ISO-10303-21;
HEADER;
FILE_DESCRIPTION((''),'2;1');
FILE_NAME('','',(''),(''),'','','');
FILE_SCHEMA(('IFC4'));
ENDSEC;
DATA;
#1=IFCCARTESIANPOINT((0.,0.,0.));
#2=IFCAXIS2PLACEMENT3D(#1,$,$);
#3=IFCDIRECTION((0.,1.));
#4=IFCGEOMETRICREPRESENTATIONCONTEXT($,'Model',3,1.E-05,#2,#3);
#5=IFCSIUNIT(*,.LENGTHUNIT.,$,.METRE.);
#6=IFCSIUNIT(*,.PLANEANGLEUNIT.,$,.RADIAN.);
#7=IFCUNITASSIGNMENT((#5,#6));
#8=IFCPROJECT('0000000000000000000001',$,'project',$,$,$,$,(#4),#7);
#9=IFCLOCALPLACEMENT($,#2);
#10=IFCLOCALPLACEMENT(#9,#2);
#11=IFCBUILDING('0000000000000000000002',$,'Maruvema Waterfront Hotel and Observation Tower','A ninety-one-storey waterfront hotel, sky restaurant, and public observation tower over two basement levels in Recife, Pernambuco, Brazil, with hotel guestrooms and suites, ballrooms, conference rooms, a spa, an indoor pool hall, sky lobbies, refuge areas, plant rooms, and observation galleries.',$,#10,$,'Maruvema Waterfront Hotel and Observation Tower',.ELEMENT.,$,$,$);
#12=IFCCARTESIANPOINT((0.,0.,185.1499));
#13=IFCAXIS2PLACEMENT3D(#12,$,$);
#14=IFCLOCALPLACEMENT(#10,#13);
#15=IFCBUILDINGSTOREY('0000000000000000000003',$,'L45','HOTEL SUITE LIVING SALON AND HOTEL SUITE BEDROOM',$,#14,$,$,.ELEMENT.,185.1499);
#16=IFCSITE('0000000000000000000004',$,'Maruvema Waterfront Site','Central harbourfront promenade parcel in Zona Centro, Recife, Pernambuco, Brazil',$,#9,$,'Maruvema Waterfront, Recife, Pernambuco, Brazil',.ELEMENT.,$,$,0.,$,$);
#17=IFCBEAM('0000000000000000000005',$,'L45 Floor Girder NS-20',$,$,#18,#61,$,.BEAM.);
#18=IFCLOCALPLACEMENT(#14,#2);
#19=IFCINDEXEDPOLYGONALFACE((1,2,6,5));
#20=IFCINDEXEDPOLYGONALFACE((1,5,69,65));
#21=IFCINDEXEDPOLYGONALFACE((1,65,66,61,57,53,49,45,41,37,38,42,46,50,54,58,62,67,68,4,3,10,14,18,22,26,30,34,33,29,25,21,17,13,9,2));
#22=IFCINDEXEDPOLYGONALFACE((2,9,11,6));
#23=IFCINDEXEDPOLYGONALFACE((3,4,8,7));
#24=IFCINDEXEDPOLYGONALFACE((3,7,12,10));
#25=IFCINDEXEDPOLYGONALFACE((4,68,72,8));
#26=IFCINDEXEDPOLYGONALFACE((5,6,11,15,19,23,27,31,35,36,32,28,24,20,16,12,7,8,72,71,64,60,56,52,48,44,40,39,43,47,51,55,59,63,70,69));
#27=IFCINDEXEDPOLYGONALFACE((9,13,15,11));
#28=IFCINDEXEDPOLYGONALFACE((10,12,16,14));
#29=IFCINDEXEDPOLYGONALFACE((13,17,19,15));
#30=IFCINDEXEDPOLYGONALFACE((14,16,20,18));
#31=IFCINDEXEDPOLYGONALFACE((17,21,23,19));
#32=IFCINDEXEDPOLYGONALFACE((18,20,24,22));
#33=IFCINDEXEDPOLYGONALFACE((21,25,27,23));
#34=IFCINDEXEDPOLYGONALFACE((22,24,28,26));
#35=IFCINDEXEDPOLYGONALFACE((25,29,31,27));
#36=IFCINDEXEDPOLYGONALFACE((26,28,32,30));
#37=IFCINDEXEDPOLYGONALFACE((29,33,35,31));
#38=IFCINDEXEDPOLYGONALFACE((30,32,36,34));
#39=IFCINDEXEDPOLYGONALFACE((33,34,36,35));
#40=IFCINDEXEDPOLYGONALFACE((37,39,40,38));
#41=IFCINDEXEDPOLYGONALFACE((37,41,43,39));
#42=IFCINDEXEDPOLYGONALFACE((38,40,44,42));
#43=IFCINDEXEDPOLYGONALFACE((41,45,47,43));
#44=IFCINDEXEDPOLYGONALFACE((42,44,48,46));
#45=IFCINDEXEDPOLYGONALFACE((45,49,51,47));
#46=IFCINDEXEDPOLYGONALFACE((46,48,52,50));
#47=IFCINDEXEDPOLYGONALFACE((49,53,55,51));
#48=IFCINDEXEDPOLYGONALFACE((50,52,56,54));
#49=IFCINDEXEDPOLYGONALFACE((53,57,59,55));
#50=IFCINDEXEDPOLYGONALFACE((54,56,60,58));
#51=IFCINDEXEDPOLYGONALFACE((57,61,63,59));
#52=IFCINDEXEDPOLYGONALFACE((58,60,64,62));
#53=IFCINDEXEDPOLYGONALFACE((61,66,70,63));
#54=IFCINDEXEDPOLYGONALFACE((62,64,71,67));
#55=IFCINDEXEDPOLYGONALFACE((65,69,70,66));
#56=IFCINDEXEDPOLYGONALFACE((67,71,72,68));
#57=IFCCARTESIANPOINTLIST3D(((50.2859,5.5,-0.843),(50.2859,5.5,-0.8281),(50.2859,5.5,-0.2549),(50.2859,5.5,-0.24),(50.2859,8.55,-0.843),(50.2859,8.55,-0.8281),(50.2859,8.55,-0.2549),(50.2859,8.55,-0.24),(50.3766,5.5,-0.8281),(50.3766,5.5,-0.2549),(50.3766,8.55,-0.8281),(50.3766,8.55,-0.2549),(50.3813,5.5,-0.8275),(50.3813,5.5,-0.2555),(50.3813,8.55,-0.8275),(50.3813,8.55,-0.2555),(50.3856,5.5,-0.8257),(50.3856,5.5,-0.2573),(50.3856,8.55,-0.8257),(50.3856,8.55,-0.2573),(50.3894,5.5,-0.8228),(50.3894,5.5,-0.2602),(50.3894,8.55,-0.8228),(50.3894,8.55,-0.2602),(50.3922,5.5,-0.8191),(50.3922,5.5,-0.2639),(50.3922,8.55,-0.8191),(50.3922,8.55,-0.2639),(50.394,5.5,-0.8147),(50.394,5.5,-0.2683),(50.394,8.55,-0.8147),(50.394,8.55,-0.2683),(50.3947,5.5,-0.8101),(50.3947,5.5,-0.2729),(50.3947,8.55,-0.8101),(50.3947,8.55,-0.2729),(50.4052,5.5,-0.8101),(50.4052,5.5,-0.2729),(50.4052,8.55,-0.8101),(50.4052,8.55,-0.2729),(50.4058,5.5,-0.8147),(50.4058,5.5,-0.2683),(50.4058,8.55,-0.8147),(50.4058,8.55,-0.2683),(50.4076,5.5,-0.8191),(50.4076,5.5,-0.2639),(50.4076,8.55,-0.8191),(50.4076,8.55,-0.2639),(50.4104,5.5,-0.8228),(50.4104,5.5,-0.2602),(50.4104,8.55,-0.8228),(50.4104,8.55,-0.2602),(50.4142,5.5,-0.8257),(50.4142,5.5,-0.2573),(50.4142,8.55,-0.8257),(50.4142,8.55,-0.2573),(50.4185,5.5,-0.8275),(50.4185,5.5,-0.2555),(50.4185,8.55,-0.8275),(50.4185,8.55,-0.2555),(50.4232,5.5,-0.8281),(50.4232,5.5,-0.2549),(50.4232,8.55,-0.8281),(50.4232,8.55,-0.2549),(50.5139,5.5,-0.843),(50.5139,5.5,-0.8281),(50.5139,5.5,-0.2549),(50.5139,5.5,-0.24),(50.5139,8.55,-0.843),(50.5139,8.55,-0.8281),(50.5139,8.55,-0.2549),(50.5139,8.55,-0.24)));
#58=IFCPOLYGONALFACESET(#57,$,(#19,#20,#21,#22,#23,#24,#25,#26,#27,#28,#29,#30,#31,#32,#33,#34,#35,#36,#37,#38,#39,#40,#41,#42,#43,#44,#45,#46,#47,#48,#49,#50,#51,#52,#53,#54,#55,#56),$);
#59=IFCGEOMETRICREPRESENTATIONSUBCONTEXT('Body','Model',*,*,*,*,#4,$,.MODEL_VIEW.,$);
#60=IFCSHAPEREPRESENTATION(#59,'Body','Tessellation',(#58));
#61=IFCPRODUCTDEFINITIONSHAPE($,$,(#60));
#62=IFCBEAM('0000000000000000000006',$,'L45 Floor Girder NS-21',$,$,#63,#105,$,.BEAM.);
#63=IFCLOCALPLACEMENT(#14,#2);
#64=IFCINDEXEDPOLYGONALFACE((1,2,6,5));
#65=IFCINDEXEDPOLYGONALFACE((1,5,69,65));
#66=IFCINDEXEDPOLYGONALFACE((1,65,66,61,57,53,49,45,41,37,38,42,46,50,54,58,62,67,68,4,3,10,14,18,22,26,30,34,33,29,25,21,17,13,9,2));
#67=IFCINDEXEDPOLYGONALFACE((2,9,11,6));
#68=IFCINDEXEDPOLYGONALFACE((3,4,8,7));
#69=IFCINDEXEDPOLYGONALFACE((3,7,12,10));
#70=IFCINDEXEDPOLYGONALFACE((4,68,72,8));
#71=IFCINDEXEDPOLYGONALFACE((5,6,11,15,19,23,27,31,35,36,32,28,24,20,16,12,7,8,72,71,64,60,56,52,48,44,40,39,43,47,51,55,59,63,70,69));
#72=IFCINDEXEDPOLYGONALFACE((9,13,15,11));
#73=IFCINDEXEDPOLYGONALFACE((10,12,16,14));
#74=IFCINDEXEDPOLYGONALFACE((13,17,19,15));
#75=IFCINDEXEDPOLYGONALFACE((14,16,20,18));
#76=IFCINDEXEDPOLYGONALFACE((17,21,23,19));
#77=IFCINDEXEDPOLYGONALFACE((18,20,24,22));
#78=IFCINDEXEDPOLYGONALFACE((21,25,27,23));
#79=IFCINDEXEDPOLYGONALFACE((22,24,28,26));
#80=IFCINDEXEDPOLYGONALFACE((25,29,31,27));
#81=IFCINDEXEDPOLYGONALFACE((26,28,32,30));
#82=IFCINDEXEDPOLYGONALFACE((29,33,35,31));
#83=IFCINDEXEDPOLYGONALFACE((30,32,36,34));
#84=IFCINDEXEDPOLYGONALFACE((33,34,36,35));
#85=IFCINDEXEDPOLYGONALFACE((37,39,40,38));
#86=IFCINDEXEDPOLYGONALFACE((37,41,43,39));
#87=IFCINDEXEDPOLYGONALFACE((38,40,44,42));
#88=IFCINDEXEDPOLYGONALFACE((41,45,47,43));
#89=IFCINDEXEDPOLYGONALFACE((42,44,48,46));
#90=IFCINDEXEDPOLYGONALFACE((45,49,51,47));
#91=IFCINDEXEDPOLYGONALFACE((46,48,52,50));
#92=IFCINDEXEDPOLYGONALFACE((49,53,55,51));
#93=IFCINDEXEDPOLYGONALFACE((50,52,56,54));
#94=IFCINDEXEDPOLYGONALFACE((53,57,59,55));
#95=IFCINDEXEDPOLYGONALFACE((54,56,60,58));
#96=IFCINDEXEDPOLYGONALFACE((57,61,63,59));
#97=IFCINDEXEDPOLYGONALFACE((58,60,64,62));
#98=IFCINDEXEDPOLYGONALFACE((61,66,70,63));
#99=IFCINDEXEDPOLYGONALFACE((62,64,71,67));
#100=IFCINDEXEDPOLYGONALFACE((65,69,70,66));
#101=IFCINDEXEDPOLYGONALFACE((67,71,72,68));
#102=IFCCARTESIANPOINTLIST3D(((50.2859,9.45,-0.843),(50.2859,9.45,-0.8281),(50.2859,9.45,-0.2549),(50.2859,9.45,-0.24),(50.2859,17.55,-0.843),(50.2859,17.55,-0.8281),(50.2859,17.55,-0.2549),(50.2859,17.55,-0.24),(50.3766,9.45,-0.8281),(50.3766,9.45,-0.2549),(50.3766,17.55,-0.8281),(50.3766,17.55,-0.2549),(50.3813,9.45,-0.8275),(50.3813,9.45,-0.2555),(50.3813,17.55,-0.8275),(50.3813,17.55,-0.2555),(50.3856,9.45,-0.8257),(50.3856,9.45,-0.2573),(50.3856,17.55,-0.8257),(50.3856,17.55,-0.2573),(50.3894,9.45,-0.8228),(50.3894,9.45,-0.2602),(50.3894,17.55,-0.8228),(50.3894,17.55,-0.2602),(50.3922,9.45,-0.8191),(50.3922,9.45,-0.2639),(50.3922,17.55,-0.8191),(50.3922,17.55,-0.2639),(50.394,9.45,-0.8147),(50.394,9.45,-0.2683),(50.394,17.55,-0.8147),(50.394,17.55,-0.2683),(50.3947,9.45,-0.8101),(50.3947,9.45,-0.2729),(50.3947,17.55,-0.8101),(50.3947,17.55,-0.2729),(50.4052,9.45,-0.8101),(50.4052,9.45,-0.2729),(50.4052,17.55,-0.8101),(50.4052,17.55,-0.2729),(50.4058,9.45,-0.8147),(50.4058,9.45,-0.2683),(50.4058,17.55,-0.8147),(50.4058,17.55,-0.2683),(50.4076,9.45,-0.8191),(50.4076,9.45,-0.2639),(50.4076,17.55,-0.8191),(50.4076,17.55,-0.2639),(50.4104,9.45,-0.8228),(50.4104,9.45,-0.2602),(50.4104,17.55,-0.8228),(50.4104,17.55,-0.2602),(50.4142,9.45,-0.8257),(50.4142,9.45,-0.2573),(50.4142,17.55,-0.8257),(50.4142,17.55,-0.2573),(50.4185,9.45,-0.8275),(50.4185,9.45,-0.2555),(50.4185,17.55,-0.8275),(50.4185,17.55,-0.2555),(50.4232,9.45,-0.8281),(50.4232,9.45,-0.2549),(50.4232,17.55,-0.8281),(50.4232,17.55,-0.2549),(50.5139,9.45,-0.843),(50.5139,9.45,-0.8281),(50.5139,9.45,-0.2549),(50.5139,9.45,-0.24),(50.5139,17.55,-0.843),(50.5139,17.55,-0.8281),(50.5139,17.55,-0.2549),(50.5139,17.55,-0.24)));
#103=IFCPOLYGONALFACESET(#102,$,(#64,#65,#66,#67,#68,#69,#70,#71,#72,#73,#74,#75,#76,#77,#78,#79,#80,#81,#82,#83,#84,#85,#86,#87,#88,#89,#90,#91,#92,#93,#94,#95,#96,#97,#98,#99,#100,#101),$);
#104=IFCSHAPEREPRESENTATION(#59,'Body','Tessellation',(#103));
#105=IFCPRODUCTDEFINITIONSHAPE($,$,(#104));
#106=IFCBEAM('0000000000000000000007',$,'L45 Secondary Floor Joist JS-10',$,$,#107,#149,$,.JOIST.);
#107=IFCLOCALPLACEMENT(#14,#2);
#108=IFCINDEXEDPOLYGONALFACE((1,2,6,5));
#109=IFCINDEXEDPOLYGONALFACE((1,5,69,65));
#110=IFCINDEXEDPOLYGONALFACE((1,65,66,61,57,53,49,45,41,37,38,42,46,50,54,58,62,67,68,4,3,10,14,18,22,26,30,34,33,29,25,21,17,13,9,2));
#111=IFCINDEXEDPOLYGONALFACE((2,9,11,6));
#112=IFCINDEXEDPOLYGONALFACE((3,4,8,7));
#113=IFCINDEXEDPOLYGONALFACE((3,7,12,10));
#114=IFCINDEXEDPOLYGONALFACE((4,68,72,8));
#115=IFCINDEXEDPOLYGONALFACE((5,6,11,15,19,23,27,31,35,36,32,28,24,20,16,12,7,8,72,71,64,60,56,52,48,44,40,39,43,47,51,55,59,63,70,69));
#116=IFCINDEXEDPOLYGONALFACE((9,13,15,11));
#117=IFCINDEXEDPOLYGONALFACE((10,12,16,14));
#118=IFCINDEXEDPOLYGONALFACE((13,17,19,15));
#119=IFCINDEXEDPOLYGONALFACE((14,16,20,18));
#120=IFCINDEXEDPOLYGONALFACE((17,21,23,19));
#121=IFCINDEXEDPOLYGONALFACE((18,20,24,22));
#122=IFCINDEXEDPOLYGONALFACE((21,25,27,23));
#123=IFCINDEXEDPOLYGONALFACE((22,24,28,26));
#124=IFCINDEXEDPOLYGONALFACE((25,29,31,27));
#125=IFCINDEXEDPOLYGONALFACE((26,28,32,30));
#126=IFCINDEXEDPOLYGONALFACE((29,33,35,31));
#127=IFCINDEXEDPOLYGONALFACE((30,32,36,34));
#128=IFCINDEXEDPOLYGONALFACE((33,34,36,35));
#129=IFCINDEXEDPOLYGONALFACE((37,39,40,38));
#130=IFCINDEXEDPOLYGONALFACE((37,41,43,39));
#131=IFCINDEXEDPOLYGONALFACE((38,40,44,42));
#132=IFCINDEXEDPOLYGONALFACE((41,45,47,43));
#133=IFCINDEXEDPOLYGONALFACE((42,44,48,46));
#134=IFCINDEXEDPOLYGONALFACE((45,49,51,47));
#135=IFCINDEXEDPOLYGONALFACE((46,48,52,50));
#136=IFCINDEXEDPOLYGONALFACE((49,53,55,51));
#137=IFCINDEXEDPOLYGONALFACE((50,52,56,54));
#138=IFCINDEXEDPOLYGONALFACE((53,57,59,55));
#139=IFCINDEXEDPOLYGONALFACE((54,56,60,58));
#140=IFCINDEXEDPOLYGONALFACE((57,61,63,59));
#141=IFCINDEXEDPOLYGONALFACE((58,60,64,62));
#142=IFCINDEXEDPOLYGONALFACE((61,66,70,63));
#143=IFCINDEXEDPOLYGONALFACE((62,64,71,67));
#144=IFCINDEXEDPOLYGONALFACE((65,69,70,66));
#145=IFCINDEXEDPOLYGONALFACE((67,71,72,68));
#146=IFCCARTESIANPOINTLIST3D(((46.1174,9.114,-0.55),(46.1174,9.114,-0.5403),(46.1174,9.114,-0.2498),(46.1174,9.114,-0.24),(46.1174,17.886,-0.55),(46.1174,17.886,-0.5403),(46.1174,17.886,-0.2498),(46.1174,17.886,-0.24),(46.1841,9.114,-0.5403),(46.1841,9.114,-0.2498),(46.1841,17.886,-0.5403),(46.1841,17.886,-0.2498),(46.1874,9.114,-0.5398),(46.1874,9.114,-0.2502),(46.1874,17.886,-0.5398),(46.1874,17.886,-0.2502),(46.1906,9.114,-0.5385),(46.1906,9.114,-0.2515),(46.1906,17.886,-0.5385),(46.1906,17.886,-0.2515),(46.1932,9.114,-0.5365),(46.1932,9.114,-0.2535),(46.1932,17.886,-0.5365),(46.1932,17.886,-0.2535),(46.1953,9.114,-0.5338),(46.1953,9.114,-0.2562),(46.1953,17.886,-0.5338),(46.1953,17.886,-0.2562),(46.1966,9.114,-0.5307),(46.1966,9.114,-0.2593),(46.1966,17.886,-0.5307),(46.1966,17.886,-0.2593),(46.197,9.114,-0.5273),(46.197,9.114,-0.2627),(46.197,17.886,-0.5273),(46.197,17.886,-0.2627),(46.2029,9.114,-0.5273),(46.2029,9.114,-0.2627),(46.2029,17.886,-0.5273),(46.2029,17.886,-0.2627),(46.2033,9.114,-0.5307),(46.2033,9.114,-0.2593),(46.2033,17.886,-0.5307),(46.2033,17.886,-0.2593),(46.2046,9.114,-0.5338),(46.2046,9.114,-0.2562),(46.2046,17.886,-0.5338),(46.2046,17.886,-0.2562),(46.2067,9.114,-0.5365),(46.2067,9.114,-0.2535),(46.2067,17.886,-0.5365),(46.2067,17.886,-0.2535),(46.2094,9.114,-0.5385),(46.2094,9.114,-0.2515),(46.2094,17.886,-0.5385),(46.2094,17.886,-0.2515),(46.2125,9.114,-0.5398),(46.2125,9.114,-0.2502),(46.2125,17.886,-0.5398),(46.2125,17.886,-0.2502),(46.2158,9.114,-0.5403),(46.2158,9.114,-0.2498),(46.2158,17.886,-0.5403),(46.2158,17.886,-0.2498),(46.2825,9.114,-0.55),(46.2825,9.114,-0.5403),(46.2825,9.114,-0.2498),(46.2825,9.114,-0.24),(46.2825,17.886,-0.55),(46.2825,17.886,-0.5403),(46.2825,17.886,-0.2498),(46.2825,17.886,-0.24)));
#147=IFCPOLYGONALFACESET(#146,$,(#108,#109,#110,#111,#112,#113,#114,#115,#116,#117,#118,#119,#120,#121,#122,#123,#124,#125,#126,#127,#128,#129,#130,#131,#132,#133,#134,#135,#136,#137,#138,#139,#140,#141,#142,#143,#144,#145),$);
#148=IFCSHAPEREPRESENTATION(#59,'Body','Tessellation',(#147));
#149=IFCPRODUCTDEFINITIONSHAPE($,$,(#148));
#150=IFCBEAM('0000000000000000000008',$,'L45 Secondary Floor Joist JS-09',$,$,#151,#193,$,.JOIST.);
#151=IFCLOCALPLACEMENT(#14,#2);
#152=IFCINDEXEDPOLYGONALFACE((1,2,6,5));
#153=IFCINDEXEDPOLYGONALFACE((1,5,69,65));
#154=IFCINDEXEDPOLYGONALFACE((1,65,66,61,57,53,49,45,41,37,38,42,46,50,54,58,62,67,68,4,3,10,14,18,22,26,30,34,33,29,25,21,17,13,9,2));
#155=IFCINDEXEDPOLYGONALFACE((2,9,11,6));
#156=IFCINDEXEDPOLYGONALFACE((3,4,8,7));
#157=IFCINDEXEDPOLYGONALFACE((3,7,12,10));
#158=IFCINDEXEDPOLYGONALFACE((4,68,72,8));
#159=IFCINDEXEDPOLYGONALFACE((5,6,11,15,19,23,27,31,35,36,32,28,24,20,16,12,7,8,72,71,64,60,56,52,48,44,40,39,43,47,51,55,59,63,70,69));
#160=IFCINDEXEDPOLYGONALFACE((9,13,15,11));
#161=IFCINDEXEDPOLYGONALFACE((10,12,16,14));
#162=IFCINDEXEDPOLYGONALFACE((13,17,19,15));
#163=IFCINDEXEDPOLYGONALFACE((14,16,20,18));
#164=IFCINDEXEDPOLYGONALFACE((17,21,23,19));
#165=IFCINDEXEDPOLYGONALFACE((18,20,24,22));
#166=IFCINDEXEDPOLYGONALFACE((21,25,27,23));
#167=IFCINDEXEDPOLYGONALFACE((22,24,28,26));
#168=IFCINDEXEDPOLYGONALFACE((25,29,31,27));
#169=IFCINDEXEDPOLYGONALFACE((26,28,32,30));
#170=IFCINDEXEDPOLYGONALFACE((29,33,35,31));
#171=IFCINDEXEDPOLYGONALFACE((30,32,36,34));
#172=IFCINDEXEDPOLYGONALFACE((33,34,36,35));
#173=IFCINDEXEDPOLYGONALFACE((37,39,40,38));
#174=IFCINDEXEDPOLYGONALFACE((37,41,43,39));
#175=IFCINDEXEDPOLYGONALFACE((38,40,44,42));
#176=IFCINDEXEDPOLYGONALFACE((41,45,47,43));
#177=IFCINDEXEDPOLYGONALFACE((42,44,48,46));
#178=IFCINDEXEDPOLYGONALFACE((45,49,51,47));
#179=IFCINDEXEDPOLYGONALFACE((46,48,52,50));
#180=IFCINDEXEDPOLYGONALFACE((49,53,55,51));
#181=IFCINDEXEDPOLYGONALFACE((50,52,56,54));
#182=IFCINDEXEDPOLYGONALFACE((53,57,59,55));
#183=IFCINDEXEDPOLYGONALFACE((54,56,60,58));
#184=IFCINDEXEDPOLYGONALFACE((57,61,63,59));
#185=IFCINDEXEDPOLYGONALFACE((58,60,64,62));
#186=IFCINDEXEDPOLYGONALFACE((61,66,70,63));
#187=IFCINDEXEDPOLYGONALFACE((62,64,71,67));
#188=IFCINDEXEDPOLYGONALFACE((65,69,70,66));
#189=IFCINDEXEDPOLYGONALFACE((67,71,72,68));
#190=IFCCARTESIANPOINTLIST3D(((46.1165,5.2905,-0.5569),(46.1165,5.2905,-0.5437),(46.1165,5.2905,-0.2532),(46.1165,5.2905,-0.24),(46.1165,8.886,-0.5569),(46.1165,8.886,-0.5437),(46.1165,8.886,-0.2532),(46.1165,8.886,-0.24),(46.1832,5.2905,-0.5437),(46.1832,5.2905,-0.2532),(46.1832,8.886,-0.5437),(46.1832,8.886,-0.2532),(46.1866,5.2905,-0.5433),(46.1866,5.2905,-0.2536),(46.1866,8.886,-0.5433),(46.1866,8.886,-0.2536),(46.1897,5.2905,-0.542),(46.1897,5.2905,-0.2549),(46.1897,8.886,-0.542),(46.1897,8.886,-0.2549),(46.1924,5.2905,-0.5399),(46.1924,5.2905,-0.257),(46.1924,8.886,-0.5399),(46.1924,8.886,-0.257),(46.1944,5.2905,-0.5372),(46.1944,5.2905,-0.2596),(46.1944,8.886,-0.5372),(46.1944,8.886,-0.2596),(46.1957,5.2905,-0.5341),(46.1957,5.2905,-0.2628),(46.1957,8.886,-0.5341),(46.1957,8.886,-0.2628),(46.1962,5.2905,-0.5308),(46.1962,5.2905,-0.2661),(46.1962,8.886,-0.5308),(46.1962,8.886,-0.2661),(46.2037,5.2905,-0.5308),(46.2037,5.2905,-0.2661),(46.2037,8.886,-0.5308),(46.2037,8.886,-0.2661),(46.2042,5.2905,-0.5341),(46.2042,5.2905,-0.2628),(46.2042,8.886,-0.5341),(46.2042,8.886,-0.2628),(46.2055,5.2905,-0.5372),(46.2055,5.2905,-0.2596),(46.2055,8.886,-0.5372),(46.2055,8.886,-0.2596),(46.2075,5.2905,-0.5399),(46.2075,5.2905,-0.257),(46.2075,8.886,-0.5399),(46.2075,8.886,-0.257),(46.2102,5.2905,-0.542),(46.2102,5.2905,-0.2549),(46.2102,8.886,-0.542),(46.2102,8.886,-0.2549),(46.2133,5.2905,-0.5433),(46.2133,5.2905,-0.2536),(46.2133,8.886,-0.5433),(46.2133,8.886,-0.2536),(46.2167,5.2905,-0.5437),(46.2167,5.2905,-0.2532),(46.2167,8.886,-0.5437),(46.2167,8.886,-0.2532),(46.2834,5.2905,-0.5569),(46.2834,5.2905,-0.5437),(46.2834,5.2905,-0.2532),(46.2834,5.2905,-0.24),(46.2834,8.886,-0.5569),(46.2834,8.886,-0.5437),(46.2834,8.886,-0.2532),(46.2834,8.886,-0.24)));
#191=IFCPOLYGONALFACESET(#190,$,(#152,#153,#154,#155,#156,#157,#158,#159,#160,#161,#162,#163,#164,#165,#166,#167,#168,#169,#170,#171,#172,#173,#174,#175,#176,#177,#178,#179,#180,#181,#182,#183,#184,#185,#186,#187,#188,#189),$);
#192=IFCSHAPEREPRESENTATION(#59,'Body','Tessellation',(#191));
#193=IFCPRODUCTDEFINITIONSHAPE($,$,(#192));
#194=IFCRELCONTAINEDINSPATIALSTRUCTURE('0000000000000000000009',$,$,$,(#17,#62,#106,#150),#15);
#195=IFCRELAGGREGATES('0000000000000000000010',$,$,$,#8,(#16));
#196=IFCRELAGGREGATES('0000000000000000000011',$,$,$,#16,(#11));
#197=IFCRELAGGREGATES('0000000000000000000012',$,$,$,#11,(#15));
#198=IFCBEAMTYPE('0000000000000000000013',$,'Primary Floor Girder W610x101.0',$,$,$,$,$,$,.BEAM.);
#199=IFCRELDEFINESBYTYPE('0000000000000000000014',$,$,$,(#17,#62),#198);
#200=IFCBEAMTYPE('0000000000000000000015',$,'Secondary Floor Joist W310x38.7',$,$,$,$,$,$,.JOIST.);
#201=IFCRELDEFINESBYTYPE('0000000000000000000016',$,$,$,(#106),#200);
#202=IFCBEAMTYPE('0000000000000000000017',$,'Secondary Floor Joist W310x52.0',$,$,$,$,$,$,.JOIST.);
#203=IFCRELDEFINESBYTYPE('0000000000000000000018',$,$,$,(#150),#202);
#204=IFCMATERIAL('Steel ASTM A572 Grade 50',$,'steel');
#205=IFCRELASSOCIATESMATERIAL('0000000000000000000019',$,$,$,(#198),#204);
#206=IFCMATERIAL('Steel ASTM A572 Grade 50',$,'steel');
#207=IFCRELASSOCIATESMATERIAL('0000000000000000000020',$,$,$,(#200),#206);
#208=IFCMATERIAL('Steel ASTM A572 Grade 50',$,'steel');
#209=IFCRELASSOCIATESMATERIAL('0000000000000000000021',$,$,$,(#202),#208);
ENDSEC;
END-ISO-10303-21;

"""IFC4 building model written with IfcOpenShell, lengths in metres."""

from ifc_helpers import new_model, si_unit, direction, frame, origin, origin_2d, place, context, subcontext, project, spatial, i_section, extrude, material, material_profile, profile_set, type_object, element, save


model = new_model("IFC4")

# Units and contexts
model_context = context("Model", 3, precision=1e-05, world=origin(), true_north=direction((0.0, 1.0)))
body_context = subcontext(model_context, "Body", "Model", "MODEL_VIEW")
ifc_project = project(units=[si_unit("LENGTHUNIT", "METRE"), si_unit("PLANEANGLEUNIT", "RADIAN")], contexts=[model_context])

# Site, building, storey
site_placement = place(None, origin())
site = spatial("IfcSite", under=ifc_project, at=site_placement, Name="Maruvema Waterfront Site", Description="Central harbourfront promenade parcel in Zona Centro, Recife, Pernambuco, Brazil", LongName="Maruvema Waterfront, Recife, Pernambuco, Brazil", CompositionType="ELEMENT", RefElevation=0.0)
building_placement = place(site_placement, origin())
building = spatial("IfcBuilding", under=site, at=building_placement, Name="Maruvema Waterfront Hotel and Observation Tower", Description="A ninety-one-storey waterfront hotel, sky restaurant, and public observation tower over two basement levels in Recife, Pernambuco, Brazil, with hotel guestrooms and suites, ballrooms, conference rooms, a spa, an indoor pool hall, sky lobbies, refuge areas, plant rooms, and observation galleries.", LongName="Maruvema Waterfront Hotel and Observation Tower", CompositionType="ELEMENT")
storey_placement = place(building_placement, frame((0.0, 0.0, 185.1499)))
storey = spatial("IfcBuildingStorey", under=building, at=storey_placement, Name="L45", Description="HOTEL SUITE LIVING SALON AND HOTEL SUITE BEDROOM", CompositionType="ELEMENT", Elevation=185.1499)

# Beams
ifc_material_1 = material(Name="Steel ASTM A572 Grade 50", Category="steel")
ifc_material_profile_1 = material_profile(ifc_material_1, i_section(OverallWidth=0.228, OverallDepth=0.603, WebThickness=0.0105, FlangeThickness=0.0149, FilletRadius=0.0181, at=origin_2d()), Name="W610x101.0")
ifc_profile_set_1 = profile_set([ifc_material_profile_1], Name="Steel ASTM A572 Grade 50")
beam_type_1 = type_object("IfcBeamType", Name="Primary Floor Girder W610x101.0", PredefinedType="BEAM", material=ifc_profile_set_1)
beam_1_placement = place(storey_placement, frame((50.3999, 5.5, -0.5415), z_axis=(0.0, 1.0, 0.0), x_axis=(-1.0, 0.0, 0.0)))
element("IfcBeam", 1, at=beam_1_placement, inside=storey, type_object=beam_type_1, Name="L45 Floor Girder NS-20", PredefinedType="BEAM", context=body_context, shape_type="SweptSolid", body=[
    extrude(i_section(OverallWidth=0.228, OverallDepth=0.603, WebThickness=0.0105, FlangeThickness=0.0149, FilletRadius=0.0181, at=origin_2d()), origin(), (0.0, 0.0, 1.0), 3.05),
])
beam_2_placement = place(storey_placement, frame((50.3999, 9.45, -0.5415), z_axis=(0.0, 1.0, 0.0), x_axis=(-1.0, 0.0, 0.0)))
element("IfcBeam", 2, at=beam_2_placement, inside=storey, type_object=beam_type_1, Name="L45 Floor Girder NS-21", PredefinedType="BEAM", context=body_context, shape_type="SweptSolid", body=[
    extrude(i_section(OverallWidth=0.228, OverallDepth=0.603, WebThickness=0.0105, FlangeThickness=0.0149, FilletRadius=0.0181, at=origin_2d()), origin(), (0.0, 0.0, 1.0), 8.1001),
])
ifc_material_2 = material(Name="Steel ASTM A572 Grade 50", Category="steel")
ifc_material_profile_2 = material_profile(ifc_material_2, i_section(OverallWidth=0.165, OverallDepth=0.3101, WebThickness=0.0059, FlangeThickness=0.0098, FilletRadius=0.0129, at=origin_2d()), Name="W310x38.7")
ifc_profile_set_2 = profile_set([ifc_material_profile_2], Name="Steel ASTM A572 Grade 50")
beam_type_2 = type_object("IfcBeamType", Name="Secondary Floor Joist W310x38.7", PredefinedType="JOIST", material=ifc_profile_set_2)
beam_3_placement = place(storey_placement, frame((46.2, 9.114, -0.395), z_axis=(0.0, 1.0, 0.0), x_axis=(-1.0, 0.0, 0.0)))
element("IfcBeam", 3, at=beam_3_placement, inside=storey, type_object=beam_type_2, Name="L45 Secondary Floor Joist JS-10", PredefinedType="JOIST", context=body_context, shape_type="SweptSolid", body=[
    extrude(i_section(OverallWidth=0.165, OverallDepth=0.3101, WebThickness=0.0059, FlangeThickness=0.0098, FilletRadius=0.0129, at=origin_2d()), origin(), (0.0, 0.0, 1.0), 8.772),
])
ifc_material_3 = material(Name="Steel ASTM A572 Grade 50", Category="steel")
ifc_material_profile_3 = material_profile(ifc_material_3, i_section(OverallWidth=0.167, OverallDepth=0.3169, WebThickness=0.0076, FlangeThickness=0.0132, FilletRadius=0.0129, at=origin_2d()), Name="W310x52.0")
ifc_profile_set_3 = profile_set([ifc_material_profile_3], Name="Steel ASTM A572 Grade 50")
beam_type_3 = type_object("IfcBeamType", Name="Secondary Floor Joist W310x52.0", PredefinedType="JOIST", material=ifc_profile_set_3)
beam_4_placement = place(storey_placement, frame((46.2, 5.2905, -0.3984), z_axis=(0.0, 1.0, 0.0), x_axis=(-1.0, 0.0, 0.0)))
element("IfcBeam", 4, at=beam_4_placement, inside=storey, type_object=beam_type_3, Name="L45 Secondary Floor Joist JS-09", PredefinedType="JOIST", context=body_context, shape_type="SweptSolid", body=[
    extrude(i_section(OverallWidth=0.167, OverallDepth=0.3169, WebThickness=0.0076, FlangeThickness=0.0132, FilletRadius=0.0129, at=origin_2d()), origin(), (0.0, 0.0, 1.0), 3.5955),
])

save(model, "model.ifc")
